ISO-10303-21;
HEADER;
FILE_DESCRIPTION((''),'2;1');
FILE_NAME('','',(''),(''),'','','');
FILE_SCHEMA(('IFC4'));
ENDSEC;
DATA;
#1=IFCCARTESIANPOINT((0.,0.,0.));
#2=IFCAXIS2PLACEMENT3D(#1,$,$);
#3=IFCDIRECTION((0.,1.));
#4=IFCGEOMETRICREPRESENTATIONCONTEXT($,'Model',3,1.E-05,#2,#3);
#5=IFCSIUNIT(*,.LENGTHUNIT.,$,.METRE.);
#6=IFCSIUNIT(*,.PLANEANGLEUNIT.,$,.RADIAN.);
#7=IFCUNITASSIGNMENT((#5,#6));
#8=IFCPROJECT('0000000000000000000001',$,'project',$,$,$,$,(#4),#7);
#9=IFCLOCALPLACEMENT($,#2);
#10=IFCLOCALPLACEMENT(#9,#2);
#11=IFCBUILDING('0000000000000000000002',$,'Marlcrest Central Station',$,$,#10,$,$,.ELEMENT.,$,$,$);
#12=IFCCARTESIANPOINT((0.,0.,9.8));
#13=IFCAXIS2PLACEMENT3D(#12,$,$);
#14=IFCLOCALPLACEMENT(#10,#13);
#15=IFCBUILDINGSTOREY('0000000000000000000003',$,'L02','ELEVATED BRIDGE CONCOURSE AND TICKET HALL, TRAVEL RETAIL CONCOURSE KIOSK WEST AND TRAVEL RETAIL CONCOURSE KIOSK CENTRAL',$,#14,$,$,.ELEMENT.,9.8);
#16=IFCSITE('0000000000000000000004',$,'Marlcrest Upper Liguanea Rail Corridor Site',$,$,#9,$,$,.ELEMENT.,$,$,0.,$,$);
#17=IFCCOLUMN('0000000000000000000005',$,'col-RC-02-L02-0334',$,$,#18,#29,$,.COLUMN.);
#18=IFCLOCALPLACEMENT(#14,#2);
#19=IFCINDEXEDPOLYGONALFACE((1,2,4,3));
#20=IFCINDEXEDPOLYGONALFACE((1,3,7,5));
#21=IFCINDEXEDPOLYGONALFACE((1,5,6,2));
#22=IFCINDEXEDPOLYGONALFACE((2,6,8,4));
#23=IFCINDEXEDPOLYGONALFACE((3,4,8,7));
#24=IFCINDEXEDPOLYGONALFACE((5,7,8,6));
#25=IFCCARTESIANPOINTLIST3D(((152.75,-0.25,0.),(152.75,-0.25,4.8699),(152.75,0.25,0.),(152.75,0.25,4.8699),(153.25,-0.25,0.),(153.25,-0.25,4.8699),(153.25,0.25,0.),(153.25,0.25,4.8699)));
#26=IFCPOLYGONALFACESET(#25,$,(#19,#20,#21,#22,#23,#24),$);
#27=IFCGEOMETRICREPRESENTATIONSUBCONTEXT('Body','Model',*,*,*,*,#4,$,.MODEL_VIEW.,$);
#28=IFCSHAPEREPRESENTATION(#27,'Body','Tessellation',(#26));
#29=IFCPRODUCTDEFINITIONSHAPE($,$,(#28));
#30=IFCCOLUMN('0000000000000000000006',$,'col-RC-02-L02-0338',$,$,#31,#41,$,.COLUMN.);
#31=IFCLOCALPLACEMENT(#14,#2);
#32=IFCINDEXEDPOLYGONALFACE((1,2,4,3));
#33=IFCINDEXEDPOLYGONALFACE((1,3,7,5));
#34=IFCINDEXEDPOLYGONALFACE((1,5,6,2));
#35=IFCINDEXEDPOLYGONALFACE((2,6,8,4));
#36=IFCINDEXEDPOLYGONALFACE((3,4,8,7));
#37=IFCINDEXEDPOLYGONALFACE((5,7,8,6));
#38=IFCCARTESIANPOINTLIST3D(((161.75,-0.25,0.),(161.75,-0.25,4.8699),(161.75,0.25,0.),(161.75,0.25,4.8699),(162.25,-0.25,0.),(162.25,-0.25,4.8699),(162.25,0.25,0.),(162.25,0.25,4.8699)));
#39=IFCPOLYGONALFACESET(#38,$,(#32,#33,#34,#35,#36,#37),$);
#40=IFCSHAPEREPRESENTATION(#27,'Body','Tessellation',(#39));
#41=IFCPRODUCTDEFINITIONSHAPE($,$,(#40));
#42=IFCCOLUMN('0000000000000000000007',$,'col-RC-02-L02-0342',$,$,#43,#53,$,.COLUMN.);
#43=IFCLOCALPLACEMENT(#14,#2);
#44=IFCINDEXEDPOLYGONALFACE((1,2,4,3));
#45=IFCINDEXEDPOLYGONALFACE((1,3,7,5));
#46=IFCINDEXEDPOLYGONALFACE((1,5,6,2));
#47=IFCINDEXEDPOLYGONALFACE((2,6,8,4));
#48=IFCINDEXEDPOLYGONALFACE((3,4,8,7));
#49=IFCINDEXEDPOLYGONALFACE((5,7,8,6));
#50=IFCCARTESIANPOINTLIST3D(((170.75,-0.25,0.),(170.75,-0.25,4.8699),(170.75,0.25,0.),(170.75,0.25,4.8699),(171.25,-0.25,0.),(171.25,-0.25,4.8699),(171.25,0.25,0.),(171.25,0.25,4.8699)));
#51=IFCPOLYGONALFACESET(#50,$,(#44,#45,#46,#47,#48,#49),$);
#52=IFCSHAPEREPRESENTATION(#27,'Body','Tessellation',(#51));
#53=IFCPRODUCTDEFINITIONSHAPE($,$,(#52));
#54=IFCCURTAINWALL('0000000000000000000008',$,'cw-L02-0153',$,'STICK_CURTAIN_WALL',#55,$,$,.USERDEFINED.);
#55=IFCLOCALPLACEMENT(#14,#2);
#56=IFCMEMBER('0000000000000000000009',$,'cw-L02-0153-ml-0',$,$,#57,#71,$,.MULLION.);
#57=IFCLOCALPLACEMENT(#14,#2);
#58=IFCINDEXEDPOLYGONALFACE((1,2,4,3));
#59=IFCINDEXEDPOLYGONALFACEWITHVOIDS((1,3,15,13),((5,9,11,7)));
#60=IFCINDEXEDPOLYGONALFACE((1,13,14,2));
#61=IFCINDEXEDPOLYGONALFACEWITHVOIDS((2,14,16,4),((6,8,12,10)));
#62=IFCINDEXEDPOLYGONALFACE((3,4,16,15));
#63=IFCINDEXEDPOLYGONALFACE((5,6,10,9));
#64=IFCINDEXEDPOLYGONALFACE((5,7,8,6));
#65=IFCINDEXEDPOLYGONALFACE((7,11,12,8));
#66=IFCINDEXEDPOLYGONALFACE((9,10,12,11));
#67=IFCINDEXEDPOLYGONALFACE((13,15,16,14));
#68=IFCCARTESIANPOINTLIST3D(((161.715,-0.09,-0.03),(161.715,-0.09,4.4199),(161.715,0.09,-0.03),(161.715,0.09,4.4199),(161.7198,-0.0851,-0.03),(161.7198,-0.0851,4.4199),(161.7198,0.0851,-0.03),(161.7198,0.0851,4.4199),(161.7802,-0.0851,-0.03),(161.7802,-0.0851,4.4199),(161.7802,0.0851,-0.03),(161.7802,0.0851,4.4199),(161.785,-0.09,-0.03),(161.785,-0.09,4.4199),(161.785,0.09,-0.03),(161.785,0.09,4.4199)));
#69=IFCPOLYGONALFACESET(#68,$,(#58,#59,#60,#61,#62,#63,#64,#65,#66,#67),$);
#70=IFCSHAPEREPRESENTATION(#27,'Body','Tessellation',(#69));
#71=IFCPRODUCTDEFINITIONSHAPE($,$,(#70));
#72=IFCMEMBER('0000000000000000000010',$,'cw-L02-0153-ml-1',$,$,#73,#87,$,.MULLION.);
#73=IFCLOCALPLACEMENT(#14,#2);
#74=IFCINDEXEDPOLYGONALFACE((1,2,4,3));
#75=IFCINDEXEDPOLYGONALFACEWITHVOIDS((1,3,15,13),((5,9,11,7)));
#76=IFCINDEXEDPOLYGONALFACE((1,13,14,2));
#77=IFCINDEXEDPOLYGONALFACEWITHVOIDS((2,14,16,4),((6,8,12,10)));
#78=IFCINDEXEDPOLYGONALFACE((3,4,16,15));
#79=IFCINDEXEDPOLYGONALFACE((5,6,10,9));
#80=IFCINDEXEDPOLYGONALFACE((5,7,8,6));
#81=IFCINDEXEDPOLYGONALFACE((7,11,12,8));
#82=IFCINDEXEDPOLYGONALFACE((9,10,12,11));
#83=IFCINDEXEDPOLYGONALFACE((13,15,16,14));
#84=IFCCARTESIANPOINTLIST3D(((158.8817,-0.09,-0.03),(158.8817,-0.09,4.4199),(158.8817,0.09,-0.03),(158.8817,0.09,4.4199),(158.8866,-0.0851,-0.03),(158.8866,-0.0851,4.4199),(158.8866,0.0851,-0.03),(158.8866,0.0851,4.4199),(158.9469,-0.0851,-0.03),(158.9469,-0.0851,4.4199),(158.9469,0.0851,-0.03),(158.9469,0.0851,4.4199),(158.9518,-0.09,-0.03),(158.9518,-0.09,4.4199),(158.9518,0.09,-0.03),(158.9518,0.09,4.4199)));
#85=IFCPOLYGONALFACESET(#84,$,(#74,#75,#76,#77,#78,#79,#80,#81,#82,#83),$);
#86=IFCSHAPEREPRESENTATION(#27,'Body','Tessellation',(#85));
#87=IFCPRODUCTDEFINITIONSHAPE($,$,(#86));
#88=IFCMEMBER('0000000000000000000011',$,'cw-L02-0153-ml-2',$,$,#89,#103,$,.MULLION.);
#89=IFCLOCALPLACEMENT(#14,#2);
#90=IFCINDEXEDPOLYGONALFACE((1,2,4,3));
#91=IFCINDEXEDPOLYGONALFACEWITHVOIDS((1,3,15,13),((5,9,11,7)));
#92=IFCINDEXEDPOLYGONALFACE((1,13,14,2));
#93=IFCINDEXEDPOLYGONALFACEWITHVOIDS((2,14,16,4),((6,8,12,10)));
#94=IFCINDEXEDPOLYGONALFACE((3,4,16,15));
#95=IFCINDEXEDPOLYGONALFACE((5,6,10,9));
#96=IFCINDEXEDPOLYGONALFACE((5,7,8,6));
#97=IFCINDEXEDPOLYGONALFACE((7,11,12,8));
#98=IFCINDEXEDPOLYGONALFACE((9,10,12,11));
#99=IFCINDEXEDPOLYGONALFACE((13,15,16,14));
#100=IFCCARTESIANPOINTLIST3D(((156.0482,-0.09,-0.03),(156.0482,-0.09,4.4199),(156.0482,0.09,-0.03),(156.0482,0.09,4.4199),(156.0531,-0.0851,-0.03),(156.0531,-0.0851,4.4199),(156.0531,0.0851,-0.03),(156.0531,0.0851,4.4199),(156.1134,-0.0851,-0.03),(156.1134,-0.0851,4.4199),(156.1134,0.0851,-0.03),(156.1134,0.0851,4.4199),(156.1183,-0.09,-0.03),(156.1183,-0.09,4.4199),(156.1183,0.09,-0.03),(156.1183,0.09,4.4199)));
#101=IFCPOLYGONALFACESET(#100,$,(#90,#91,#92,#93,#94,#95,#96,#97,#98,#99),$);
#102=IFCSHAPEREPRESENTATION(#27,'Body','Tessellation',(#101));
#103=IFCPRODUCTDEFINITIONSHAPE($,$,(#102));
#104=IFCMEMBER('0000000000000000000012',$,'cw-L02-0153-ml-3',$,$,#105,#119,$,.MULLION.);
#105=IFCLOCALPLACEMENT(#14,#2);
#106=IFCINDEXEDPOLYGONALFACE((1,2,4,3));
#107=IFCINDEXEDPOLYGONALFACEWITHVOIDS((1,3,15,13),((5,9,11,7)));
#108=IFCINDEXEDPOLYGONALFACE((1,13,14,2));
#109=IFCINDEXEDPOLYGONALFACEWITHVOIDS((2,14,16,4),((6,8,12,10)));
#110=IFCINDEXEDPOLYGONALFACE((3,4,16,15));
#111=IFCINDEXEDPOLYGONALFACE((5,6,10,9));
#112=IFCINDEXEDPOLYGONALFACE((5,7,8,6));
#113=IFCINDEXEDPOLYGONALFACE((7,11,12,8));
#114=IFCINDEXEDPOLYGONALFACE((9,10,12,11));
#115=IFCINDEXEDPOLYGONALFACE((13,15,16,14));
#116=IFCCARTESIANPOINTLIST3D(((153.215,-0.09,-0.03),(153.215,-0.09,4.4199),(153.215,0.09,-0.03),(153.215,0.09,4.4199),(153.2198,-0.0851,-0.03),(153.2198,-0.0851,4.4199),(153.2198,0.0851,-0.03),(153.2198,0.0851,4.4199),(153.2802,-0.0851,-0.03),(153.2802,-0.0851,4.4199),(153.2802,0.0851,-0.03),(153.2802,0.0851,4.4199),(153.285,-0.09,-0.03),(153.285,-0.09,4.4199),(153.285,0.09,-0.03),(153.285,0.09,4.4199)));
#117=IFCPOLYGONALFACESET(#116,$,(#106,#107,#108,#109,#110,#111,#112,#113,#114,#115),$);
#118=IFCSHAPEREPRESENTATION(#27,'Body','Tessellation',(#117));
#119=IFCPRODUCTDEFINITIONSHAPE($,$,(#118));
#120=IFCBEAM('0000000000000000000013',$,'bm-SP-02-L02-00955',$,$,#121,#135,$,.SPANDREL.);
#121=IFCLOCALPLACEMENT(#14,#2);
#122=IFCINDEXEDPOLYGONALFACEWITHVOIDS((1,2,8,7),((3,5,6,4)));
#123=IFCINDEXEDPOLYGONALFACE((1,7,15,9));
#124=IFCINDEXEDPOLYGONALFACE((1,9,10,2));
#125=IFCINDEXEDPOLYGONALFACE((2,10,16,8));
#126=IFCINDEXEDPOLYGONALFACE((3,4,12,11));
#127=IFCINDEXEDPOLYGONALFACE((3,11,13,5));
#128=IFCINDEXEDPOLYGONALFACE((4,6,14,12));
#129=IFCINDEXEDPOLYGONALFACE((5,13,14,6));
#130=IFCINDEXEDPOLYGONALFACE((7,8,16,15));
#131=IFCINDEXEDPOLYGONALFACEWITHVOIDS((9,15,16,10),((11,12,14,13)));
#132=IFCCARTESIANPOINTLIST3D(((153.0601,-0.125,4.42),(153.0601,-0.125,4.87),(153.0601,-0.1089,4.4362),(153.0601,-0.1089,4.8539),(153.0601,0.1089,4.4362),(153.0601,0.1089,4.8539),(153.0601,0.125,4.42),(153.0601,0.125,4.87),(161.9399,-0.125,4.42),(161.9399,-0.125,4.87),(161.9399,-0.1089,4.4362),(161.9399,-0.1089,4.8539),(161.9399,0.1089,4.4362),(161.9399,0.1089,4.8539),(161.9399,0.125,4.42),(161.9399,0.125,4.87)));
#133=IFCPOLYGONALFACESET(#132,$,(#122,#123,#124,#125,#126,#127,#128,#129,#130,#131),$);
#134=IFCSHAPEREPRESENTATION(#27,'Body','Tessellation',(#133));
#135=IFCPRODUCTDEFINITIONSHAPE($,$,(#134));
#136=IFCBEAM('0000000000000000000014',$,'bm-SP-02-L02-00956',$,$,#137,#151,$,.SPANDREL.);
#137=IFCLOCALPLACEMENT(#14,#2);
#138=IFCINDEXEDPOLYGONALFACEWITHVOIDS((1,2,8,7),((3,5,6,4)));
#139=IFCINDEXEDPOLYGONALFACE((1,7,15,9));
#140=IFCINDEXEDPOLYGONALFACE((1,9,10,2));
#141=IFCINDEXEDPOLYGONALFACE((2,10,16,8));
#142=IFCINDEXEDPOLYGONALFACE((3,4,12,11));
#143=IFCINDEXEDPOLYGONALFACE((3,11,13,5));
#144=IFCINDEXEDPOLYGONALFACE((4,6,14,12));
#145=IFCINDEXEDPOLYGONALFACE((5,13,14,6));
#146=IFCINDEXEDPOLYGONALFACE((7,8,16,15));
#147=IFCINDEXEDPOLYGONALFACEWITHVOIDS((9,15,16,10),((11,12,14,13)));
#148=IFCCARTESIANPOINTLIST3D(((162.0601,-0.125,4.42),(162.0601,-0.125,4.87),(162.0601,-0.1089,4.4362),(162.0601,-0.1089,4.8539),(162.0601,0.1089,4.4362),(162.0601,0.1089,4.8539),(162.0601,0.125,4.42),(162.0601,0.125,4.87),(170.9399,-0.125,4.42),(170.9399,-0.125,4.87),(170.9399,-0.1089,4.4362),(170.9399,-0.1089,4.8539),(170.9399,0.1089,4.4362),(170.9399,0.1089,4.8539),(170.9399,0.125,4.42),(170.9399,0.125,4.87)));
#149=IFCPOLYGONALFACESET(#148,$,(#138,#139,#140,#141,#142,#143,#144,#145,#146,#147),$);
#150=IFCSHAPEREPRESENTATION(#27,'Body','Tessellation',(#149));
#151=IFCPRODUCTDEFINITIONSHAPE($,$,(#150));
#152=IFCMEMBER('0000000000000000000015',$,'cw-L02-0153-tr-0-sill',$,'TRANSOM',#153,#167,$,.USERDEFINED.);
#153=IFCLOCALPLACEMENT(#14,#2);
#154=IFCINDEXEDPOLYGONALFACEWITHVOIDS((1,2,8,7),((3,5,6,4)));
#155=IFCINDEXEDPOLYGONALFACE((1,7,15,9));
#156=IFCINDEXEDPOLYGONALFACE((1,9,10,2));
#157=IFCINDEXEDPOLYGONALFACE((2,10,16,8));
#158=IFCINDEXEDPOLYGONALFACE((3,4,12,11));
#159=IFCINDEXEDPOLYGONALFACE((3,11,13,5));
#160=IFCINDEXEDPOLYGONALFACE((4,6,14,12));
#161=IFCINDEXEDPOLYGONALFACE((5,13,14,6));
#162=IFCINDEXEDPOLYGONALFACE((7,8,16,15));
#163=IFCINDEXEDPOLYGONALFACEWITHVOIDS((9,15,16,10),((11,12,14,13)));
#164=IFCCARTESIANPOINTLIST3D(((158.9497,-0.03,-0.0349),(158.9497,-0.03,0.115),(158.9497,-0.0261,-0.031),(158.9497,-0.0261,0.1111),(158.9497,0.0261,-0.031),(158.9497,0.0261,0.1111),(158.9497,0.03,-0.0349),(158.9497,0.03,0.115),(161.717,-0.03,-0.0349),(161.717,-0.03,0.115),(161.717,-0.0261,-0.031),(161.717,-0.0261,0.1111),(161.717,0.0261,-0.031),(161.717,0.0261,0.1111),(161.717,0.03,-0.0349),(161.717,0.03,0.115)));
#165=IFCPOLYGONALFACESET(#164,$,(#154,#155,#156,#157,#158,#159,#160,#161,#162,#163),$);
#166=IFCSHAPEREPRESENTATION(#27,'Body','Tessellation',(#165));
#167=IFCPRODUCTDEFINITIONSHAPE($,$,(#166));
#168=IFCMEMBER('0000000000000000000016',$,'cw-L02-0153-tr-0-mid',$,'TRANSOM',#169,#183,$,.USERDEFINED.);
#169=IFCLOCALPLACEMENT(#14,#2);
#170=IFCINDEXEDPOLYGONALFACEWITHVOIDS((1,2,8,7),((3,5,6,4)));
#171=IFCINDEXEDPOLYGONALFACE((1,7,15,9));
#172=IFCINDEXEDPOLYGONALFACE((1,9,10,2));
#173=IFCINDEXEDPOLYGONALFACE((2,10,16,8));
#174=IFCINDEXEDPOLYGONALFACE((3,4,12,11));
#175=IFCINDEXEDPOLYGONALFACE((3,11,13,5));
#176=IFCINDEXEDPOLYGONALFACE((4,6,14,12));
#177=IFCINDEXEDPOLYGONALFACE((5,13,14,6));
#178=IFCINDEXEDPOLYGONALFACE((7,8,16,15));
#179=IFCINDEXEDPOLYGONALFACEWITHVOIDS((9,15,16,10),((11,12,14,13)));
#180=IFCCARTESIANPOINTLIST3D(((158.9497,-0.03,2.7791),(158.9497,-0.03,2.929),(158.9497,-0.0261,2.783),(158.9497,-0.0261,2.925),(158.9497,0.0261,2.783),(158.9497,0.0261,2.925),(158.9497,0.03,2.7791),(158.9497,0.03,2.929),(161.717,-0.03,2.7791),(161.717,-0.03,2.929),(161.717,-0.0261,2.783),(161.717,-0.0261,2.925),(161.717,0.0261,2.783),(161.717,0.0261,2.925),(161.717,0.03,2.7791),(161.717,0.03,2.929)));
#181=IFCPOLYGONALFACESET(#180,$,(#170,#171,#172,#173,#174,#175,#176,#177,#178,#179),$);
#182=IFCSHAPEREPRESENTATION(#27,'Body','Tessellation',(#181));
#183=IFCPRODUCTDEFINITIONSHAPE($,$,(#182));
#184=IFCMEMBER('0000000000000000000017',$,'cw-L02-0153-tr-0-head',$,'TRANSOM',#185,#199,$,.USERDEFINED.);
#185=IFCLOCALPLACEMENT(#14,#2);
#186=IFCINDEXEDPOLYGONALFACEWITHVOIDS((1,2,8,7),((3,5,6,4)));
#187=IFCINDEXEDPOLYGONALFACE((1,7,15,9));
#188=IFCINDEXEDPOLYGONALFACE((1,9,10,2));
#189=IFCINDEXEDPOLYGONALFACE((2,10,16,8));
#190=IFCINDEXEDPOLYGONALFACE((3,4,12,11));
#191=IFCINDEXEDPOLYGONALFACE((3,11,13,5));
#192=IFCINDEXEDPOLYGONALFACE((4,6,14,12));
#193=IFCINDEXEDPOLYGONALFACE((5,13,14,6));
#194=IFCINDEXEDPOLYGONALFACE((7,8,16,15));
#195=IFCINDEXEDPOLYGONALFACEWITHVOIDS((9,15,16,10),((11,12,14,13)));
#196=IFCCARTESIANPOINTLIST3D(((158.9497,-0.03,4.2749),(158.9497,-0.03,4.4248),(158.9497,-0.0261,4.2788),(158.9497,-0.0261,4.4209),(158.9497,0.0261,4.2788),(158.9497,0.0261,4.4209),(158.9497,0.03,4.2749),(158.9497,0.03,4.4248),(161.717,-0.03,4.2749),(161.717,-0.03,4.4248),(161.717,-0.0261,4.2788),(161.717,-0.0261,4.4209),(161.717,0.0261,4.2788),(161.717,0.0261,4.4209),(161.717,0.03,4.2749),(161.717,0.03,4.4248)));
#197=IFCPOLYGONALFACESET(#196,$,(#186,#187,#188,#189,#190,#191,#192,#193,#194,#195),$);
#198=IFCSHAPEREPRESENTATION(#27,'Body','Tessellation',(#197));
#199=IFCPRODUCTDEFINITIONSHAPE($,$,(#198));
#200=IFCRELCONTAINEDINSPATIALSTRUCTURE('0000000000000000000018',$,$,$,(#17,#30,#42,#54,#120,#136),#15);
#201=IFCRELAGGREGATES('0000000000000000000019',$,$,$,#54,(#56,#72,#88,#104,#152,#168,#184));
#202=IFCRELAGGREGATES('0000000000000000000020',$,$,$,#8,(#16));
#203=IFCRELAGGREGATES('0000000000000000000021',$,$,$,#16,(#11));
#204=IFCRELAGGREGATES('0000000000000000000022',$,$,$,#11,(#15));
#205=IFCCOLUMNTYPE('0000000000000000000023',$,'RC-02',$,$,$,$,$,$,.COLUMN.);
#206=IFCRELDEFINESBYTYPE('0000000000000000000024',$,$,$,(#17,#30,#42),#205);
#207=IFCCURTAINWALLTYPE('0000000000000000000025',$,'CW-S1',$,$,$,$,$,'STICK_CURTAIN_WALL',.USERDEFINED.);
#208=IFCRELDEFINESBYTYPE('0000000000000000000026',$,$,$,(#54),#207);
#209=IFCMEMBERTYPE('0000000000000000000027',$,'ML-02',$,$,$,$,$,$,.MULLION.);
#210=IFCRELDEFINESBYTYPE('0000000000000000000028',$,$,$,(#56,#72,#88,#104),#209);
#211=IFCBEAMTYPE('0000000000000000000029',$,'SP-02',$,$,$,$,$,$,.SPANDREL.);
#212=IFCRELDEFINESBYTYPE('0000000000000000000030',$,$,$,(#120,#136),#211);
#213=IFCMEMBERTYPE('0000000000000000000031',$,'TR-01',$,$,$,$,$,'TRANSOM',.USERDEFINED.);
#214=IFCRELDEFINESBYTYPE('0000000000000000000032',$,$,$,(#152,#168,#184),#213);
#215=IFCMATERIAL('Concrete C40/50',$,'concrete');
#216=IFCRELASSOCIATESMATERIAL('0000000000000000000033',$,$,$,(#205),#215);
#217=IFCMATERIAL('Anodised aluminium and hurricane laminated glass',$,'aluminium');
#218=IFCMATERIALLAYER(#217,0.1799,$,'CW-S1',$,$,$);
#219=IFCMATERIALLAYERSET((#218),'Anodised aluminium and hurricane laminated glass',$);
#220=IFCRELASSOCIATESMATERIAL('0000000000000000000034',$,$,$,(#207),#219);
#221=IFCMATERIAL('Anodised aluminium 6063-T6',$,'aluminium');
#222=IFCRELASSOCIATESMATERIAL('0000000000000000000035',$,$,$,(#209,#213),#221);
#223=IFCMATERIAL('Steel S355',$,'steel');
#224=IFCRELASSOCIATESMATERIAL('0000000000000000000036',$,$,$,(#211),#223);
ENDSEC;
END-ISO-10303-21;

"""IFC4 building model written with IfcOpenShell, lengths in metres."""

from ifc_helpers import new_model, si_unit, direction, frame, origin, origin_2d, place, context, subcontext, project, spatial, rectangle, hollow_rectangle, extrude, material, layer, layer_set, material_profile, profile_set, type_object, element, aggregate, save


model = new_model("IFC4")

# Units and contexts
model_context = context("Model", 3, precision=1e-05, world=origin(), true_north=direction((0.0, 1.0)))
body_context = subcontext(model_context, "Body", "Model", "MODEL_VIEW")
ifc_project = project(units=[si_unit("LENGTHUNIT", "METRE"), si_unit("PLANEANGLEUNIT", "RADIAN")], contexts=[model_context])

# Site, building, storey
site_placement = place(None, origin())
site = spatial("IfcSite", under=ifc_project, at=site_placement, Name="Marlcrest Upper Liguanea Rail Corridor Site", CompositionType="ELEMENT", RefElevation=0.0)
building_placement = place(site_placement, origin())
building = spatial("IfcBuilding", under=site, at=building_placement, Name="Marlcrest Central Station", CompositionType="ELEMENT")
storey_placement = place(building_placement, frame((0.0, 0.0, 9.8)))
storey = spatial("IfcBuildingStorey", under=building, at=storey_placement, Name="L02", Description="ELEVATED BRIDGE CONCOURSE AND TICKET HALL, TRAVEL RETAIL CONCOURSE KIOSK WEST AND TRAVEL RETAIL CONCOURSE KIOSK CENTRAL", CompositionType="ELEMENT", Elevation=9.8)

# Columns
ifc_material_1 = material(Name="Concrete C40/50", Category="concrete")
ifc_material_profile_1 = material_profile(ifc_material_1, rectangle(XDim=0.5, YDim=0.5, at=origin_2d()), Name="RC 500x500")
ifc_profile_set_1 = profile_set([ifc_material_profile_1], Name="Concrete C40/50")
column_type = type_object("IfcColumnType", Name="RC-02", PredefinedType="COLUMN", material=ifc_profile_set_1)
for number, where, z_axis, x_axis, name in (
    (1, (153.0, 0.0, 0.0), (0.0, 0.0, 1.0), (1.0, 0.0, 0.0), "col-RC-02-L02-0334"),
    (2, (162.0, 0.0, 0.0), (0.0, 0.0, 1.0), (1.0, 0.0, 0.0), "col-RC-02-L02-0338"),
    (3, (171.0, 0.0, 0.0), (0.0, 0.0, 1.0), (1.0, 0.0, 0.0), "col-RC-02-L02-0342"),
):
    element("IfcColumn", number, at=place(storey_placement, frame(where, z_axis=z_axis, x_axis=x_axis)), inside=storey, type_object=column_type, Name=name, PredefinedType="COLUMN", context=body_context, shape_type="SweptSolid", body=[
        extrude(rectangle(XDim=0.5, YDim=0.5, at=origin_2d()), origin(), (0.0, 0.0, 1.0), 4.8699),
    ])

# Curtain wall, members
ifc_material_2 = material(Name="Anodised aluminium and hurricane laminated glass", Category="aluminium")
ifc_layer_1 = layer(ifc_material_2, 0.1799, Name="CW-S1")
ifc_layer_set_1 = layer_set([ifc_layer_1], Name="Anodised aluminium and hurricane laminated glass")
curtain_wall_type = type_object("IfcCurtainWallType", Name="CW-S1", ElementType="STICK_CURTAIN_WALL", PredefinedType="USERDEFINED", material=ifc_layer_set_1)
curtain_wall_placement = place(storey_placement, origin())
curtain_wall = element("IfcCurtainWall", 4, at=curtain_wall_placement, inside=storey, type_object=curtain_wall_type, Name="cw-L02-0153", ObjectType="STICK_CURTAIN_WALL", PredefinedType="USERDEFINED")
ifc_material_3 = material(Name="Anodised aluminium 6063-T6", Category="aluminium")
ifc_material_profile_2 = material_profile(ifc_material_3, hollow_rectangle(XDim=0.0701, YDim=0.1799, WallThickness=0.0049, at=origin_2d()), Name="AA-RHS 180x70x5")
ifc_profile_set_2 = profile_set([ifc_material_profile_2], Name="Anodised aluminium 6063-T6")
member_type_1 = type_object("IfcMemberType", Name="ML-02", PredefinedType="MULLION", material=ifc_profile_set_2)
member_1_placement = place(storey_placement, frame((161.75, 0.0, -0.03), z_axis=(0.0, 0.0, 1.0), x_axis=(1.0, 0.0, 0.0)))
member_1 = element("IfcMember", 5, at=member_1_placement, type_object=member_type_1, Name="cw-L02-0153-ml-0", PredefinedType="MULLION", context=body_context, shape_type="SweptSolid", body=[
    extrude(hollow_rectangle(XDim=0.0701, YDim=0.1799, WallThickness=0.0049, at=origin_2d()), origin(), (0.0, 0.0, 1.0), 4.45),
])
member_2_placement = place(storey_placement, frame((158.9167, 0.0, -0.03), z_axis=(0.0, 0.0, 1.0), x_axis=(1.0, 0.0, 0.0)))
member_2 = element("IfcMember", 6, at=member_2_placement, type_object=member_type_1, Name="cw-L02-0153-ml-1", PredefinedType="MULLION", context=body_context, shape_type="SweptSolid", body=[
    extrude(hollow_rectangle(XDim=0.0701, YDim=0.1799, WallThickness=0.0049, at=origin_2d()), origin(), (0.0, 0.0, 1.0), 4.45),
])
member_3_placement = place(storey_placement, frame((156.0833, 0.0, -0.03), z_axis=(0.0, 0.0, 1.0), x_axis=(1.0, 0.0, 0.0)))
member_3 = element("IfcMember", 7, at=member_3_placement, type_object=member_type_1, Name="cw-L02-0153-ml-2", PredefinedType="MULLION", context=body_context, shape_type="SweptSolid", body=[
    extrude(hollow_rectangle(XDim=0.0701, YDim=0.1799, WallThickness=0.0049, at=origin_2d()), origin(), (0.0, 0.0, 1.0), 4.45),
])
member_4_placement = place(storey_placement, frame((153.25, 0.0, -0.03), z_axis=(0.0, 0.0, 1.0), x_axis=(1.0, 0.0, 0.0)))
member_4 = element("IfcMember", 8, at=member_4_placement, type_object=member_type_1, Name="cw-L02-0153-ml-3", PredefinedType="MULLION", context=body_context, shape_type="SweptSolid", body=[
    extrude(hollow_rectangle(XDim=0.0701, YDim=0.1799, WallThickness=0.0049, at=origin_2d()), origin(), (0.0, 0.0, 1.0), 4.45),
])

# Beams
ifc_material_4 = material(Name="Steel S355", Category="steel")
ifc_material_profile_3 = material_profile(ifc_material_4, hollow_rectangle(XDim=0.25, YDim=0.45, WallThickness=0.0161, at=origin_2d()), Name="RHS 450x250x16")
ifc_profile_set_3 = profile_set([ifc_material_profile_3], Name="Steel S355")
beam_type = type_object("IfcBeamType", Name="SP-02", PredefinedType="SPANDREL", material=ifc_profile_set_3)
for number, where, z_axis, x_axis, name in (
    (9, (153.0601, 0.0, 4.645), (1.0, 0.0, 0.0), (0.0, 1.0, 0.0), "bm-SP-02-L02-00955"),
    (10, (162.0601, 0.0, 4.645), (1.0, 0.0, 0.0), (0.0, 1.0, 0.0), "bm-SP-02-L02-00956"),
):
    element("IfcBeam", number, at=place(storey_placement, frame(where, z_axis=z_axis, x_axis=x_axis)), inside=storey, type_object=beam_type, Name=name, PredefinedType="SPANDREL", context=body_context, shape_type="SweptSolid", body=[
        extrude(hollow_rectangle(XDim=0.25, YDim=0.45, WallThickness=0.0161, at=origin_2d()), origin(), (0.0, 0.0, 1.0), 8.8799),
    ])

# Members
ifc_material_profile_4 = material_profile(ifc_material_3, hollow_rectangle(XDim=0.0601, YDim=0.1499, WallThickness=0.0039, at=origin_2d()), Name="AA-RHS 150x60x4")
ifc_profile_set_4 = profile_set([ifc_material_profile_4], Name="Anodised aluminium 6063-T6")
member_type_2 = type_object("IfcMemberType", Name="TR-01", ElementType="TRANSOM", PredefinedType="USERDEFINED", material=ifc_profile_set_4)
member_5_placement = place(storey_placement, frame((161.717, 0.0, 0.04), z_axis=(-1.0, 0.0, 0.0), x_axis=(0.0, -1.0, 0.0)))
member_5 = element("IfcMember", 11, at=member_5_placement, type_object=member_type_2, Name="cw-L02-0153-tr-0-sill", ObjectType="TRANSOM", PredefinedType="USERDEFINED", context=body_context, shape_type="SweptSolid", body=[
    extrude(hollow_rectangle(XDim=0.0601, YDim=0.1499, WallThickness=0.0039, at=origin_2d()), origin(), (0.0, 0.0, 1.0), 2.7673),
])
member_6_placement = place(storey_placement, frame((161.717, 0.0, 2.854), z_axis=(-1.0, 0.0, 0.0), x_axis=(0.0, -1.0, 0.0)))
member_6 = element("IfcMember", 12, at=member_6_placement, type_object=member_type_2, Name="cw-L02-0153-tr-0-mid", ObjectType="TRANSOM", PredefinedType="USERDEFINED", context=body_context, shape_type="SweptSolid", body=[
    extrude(hollow_rectangle(XDim=0.0601, YDim=0.1499, WallThickness=0.0039, at=origin_2d()), origin(), (0.0, 0.0, 1.0), 2.7673),
])
member_7_placement = place(storey_placement, frame((161.717, 0.0, 4.3499), z_axis=(-1.0, 0.0, 0.0), x_axis=(0.0, -1.0, 0.0)))
member_7 = element("IfcMember", 13, at=member_7_placement, type_object=member_type_2, Name="cw-L02-0153-tr-0-head", ObjectType="TRANSOM", PredefinedType="USERDEFINED", context=body_context, shape_type="SweptSolid", body=[
    extrude(hollow_rectangle(XDim=0.0601, YDim=0.1499, WallThickness=0.0039, at=origin_2d()), origin(), (0.0, 0.0, 1.0), 2.7673),
])

aggregate(curtain_wall, [member_1, member_2, member_3, member_4, member_5, member_6, member_7])

save(model, "model.ifc")
